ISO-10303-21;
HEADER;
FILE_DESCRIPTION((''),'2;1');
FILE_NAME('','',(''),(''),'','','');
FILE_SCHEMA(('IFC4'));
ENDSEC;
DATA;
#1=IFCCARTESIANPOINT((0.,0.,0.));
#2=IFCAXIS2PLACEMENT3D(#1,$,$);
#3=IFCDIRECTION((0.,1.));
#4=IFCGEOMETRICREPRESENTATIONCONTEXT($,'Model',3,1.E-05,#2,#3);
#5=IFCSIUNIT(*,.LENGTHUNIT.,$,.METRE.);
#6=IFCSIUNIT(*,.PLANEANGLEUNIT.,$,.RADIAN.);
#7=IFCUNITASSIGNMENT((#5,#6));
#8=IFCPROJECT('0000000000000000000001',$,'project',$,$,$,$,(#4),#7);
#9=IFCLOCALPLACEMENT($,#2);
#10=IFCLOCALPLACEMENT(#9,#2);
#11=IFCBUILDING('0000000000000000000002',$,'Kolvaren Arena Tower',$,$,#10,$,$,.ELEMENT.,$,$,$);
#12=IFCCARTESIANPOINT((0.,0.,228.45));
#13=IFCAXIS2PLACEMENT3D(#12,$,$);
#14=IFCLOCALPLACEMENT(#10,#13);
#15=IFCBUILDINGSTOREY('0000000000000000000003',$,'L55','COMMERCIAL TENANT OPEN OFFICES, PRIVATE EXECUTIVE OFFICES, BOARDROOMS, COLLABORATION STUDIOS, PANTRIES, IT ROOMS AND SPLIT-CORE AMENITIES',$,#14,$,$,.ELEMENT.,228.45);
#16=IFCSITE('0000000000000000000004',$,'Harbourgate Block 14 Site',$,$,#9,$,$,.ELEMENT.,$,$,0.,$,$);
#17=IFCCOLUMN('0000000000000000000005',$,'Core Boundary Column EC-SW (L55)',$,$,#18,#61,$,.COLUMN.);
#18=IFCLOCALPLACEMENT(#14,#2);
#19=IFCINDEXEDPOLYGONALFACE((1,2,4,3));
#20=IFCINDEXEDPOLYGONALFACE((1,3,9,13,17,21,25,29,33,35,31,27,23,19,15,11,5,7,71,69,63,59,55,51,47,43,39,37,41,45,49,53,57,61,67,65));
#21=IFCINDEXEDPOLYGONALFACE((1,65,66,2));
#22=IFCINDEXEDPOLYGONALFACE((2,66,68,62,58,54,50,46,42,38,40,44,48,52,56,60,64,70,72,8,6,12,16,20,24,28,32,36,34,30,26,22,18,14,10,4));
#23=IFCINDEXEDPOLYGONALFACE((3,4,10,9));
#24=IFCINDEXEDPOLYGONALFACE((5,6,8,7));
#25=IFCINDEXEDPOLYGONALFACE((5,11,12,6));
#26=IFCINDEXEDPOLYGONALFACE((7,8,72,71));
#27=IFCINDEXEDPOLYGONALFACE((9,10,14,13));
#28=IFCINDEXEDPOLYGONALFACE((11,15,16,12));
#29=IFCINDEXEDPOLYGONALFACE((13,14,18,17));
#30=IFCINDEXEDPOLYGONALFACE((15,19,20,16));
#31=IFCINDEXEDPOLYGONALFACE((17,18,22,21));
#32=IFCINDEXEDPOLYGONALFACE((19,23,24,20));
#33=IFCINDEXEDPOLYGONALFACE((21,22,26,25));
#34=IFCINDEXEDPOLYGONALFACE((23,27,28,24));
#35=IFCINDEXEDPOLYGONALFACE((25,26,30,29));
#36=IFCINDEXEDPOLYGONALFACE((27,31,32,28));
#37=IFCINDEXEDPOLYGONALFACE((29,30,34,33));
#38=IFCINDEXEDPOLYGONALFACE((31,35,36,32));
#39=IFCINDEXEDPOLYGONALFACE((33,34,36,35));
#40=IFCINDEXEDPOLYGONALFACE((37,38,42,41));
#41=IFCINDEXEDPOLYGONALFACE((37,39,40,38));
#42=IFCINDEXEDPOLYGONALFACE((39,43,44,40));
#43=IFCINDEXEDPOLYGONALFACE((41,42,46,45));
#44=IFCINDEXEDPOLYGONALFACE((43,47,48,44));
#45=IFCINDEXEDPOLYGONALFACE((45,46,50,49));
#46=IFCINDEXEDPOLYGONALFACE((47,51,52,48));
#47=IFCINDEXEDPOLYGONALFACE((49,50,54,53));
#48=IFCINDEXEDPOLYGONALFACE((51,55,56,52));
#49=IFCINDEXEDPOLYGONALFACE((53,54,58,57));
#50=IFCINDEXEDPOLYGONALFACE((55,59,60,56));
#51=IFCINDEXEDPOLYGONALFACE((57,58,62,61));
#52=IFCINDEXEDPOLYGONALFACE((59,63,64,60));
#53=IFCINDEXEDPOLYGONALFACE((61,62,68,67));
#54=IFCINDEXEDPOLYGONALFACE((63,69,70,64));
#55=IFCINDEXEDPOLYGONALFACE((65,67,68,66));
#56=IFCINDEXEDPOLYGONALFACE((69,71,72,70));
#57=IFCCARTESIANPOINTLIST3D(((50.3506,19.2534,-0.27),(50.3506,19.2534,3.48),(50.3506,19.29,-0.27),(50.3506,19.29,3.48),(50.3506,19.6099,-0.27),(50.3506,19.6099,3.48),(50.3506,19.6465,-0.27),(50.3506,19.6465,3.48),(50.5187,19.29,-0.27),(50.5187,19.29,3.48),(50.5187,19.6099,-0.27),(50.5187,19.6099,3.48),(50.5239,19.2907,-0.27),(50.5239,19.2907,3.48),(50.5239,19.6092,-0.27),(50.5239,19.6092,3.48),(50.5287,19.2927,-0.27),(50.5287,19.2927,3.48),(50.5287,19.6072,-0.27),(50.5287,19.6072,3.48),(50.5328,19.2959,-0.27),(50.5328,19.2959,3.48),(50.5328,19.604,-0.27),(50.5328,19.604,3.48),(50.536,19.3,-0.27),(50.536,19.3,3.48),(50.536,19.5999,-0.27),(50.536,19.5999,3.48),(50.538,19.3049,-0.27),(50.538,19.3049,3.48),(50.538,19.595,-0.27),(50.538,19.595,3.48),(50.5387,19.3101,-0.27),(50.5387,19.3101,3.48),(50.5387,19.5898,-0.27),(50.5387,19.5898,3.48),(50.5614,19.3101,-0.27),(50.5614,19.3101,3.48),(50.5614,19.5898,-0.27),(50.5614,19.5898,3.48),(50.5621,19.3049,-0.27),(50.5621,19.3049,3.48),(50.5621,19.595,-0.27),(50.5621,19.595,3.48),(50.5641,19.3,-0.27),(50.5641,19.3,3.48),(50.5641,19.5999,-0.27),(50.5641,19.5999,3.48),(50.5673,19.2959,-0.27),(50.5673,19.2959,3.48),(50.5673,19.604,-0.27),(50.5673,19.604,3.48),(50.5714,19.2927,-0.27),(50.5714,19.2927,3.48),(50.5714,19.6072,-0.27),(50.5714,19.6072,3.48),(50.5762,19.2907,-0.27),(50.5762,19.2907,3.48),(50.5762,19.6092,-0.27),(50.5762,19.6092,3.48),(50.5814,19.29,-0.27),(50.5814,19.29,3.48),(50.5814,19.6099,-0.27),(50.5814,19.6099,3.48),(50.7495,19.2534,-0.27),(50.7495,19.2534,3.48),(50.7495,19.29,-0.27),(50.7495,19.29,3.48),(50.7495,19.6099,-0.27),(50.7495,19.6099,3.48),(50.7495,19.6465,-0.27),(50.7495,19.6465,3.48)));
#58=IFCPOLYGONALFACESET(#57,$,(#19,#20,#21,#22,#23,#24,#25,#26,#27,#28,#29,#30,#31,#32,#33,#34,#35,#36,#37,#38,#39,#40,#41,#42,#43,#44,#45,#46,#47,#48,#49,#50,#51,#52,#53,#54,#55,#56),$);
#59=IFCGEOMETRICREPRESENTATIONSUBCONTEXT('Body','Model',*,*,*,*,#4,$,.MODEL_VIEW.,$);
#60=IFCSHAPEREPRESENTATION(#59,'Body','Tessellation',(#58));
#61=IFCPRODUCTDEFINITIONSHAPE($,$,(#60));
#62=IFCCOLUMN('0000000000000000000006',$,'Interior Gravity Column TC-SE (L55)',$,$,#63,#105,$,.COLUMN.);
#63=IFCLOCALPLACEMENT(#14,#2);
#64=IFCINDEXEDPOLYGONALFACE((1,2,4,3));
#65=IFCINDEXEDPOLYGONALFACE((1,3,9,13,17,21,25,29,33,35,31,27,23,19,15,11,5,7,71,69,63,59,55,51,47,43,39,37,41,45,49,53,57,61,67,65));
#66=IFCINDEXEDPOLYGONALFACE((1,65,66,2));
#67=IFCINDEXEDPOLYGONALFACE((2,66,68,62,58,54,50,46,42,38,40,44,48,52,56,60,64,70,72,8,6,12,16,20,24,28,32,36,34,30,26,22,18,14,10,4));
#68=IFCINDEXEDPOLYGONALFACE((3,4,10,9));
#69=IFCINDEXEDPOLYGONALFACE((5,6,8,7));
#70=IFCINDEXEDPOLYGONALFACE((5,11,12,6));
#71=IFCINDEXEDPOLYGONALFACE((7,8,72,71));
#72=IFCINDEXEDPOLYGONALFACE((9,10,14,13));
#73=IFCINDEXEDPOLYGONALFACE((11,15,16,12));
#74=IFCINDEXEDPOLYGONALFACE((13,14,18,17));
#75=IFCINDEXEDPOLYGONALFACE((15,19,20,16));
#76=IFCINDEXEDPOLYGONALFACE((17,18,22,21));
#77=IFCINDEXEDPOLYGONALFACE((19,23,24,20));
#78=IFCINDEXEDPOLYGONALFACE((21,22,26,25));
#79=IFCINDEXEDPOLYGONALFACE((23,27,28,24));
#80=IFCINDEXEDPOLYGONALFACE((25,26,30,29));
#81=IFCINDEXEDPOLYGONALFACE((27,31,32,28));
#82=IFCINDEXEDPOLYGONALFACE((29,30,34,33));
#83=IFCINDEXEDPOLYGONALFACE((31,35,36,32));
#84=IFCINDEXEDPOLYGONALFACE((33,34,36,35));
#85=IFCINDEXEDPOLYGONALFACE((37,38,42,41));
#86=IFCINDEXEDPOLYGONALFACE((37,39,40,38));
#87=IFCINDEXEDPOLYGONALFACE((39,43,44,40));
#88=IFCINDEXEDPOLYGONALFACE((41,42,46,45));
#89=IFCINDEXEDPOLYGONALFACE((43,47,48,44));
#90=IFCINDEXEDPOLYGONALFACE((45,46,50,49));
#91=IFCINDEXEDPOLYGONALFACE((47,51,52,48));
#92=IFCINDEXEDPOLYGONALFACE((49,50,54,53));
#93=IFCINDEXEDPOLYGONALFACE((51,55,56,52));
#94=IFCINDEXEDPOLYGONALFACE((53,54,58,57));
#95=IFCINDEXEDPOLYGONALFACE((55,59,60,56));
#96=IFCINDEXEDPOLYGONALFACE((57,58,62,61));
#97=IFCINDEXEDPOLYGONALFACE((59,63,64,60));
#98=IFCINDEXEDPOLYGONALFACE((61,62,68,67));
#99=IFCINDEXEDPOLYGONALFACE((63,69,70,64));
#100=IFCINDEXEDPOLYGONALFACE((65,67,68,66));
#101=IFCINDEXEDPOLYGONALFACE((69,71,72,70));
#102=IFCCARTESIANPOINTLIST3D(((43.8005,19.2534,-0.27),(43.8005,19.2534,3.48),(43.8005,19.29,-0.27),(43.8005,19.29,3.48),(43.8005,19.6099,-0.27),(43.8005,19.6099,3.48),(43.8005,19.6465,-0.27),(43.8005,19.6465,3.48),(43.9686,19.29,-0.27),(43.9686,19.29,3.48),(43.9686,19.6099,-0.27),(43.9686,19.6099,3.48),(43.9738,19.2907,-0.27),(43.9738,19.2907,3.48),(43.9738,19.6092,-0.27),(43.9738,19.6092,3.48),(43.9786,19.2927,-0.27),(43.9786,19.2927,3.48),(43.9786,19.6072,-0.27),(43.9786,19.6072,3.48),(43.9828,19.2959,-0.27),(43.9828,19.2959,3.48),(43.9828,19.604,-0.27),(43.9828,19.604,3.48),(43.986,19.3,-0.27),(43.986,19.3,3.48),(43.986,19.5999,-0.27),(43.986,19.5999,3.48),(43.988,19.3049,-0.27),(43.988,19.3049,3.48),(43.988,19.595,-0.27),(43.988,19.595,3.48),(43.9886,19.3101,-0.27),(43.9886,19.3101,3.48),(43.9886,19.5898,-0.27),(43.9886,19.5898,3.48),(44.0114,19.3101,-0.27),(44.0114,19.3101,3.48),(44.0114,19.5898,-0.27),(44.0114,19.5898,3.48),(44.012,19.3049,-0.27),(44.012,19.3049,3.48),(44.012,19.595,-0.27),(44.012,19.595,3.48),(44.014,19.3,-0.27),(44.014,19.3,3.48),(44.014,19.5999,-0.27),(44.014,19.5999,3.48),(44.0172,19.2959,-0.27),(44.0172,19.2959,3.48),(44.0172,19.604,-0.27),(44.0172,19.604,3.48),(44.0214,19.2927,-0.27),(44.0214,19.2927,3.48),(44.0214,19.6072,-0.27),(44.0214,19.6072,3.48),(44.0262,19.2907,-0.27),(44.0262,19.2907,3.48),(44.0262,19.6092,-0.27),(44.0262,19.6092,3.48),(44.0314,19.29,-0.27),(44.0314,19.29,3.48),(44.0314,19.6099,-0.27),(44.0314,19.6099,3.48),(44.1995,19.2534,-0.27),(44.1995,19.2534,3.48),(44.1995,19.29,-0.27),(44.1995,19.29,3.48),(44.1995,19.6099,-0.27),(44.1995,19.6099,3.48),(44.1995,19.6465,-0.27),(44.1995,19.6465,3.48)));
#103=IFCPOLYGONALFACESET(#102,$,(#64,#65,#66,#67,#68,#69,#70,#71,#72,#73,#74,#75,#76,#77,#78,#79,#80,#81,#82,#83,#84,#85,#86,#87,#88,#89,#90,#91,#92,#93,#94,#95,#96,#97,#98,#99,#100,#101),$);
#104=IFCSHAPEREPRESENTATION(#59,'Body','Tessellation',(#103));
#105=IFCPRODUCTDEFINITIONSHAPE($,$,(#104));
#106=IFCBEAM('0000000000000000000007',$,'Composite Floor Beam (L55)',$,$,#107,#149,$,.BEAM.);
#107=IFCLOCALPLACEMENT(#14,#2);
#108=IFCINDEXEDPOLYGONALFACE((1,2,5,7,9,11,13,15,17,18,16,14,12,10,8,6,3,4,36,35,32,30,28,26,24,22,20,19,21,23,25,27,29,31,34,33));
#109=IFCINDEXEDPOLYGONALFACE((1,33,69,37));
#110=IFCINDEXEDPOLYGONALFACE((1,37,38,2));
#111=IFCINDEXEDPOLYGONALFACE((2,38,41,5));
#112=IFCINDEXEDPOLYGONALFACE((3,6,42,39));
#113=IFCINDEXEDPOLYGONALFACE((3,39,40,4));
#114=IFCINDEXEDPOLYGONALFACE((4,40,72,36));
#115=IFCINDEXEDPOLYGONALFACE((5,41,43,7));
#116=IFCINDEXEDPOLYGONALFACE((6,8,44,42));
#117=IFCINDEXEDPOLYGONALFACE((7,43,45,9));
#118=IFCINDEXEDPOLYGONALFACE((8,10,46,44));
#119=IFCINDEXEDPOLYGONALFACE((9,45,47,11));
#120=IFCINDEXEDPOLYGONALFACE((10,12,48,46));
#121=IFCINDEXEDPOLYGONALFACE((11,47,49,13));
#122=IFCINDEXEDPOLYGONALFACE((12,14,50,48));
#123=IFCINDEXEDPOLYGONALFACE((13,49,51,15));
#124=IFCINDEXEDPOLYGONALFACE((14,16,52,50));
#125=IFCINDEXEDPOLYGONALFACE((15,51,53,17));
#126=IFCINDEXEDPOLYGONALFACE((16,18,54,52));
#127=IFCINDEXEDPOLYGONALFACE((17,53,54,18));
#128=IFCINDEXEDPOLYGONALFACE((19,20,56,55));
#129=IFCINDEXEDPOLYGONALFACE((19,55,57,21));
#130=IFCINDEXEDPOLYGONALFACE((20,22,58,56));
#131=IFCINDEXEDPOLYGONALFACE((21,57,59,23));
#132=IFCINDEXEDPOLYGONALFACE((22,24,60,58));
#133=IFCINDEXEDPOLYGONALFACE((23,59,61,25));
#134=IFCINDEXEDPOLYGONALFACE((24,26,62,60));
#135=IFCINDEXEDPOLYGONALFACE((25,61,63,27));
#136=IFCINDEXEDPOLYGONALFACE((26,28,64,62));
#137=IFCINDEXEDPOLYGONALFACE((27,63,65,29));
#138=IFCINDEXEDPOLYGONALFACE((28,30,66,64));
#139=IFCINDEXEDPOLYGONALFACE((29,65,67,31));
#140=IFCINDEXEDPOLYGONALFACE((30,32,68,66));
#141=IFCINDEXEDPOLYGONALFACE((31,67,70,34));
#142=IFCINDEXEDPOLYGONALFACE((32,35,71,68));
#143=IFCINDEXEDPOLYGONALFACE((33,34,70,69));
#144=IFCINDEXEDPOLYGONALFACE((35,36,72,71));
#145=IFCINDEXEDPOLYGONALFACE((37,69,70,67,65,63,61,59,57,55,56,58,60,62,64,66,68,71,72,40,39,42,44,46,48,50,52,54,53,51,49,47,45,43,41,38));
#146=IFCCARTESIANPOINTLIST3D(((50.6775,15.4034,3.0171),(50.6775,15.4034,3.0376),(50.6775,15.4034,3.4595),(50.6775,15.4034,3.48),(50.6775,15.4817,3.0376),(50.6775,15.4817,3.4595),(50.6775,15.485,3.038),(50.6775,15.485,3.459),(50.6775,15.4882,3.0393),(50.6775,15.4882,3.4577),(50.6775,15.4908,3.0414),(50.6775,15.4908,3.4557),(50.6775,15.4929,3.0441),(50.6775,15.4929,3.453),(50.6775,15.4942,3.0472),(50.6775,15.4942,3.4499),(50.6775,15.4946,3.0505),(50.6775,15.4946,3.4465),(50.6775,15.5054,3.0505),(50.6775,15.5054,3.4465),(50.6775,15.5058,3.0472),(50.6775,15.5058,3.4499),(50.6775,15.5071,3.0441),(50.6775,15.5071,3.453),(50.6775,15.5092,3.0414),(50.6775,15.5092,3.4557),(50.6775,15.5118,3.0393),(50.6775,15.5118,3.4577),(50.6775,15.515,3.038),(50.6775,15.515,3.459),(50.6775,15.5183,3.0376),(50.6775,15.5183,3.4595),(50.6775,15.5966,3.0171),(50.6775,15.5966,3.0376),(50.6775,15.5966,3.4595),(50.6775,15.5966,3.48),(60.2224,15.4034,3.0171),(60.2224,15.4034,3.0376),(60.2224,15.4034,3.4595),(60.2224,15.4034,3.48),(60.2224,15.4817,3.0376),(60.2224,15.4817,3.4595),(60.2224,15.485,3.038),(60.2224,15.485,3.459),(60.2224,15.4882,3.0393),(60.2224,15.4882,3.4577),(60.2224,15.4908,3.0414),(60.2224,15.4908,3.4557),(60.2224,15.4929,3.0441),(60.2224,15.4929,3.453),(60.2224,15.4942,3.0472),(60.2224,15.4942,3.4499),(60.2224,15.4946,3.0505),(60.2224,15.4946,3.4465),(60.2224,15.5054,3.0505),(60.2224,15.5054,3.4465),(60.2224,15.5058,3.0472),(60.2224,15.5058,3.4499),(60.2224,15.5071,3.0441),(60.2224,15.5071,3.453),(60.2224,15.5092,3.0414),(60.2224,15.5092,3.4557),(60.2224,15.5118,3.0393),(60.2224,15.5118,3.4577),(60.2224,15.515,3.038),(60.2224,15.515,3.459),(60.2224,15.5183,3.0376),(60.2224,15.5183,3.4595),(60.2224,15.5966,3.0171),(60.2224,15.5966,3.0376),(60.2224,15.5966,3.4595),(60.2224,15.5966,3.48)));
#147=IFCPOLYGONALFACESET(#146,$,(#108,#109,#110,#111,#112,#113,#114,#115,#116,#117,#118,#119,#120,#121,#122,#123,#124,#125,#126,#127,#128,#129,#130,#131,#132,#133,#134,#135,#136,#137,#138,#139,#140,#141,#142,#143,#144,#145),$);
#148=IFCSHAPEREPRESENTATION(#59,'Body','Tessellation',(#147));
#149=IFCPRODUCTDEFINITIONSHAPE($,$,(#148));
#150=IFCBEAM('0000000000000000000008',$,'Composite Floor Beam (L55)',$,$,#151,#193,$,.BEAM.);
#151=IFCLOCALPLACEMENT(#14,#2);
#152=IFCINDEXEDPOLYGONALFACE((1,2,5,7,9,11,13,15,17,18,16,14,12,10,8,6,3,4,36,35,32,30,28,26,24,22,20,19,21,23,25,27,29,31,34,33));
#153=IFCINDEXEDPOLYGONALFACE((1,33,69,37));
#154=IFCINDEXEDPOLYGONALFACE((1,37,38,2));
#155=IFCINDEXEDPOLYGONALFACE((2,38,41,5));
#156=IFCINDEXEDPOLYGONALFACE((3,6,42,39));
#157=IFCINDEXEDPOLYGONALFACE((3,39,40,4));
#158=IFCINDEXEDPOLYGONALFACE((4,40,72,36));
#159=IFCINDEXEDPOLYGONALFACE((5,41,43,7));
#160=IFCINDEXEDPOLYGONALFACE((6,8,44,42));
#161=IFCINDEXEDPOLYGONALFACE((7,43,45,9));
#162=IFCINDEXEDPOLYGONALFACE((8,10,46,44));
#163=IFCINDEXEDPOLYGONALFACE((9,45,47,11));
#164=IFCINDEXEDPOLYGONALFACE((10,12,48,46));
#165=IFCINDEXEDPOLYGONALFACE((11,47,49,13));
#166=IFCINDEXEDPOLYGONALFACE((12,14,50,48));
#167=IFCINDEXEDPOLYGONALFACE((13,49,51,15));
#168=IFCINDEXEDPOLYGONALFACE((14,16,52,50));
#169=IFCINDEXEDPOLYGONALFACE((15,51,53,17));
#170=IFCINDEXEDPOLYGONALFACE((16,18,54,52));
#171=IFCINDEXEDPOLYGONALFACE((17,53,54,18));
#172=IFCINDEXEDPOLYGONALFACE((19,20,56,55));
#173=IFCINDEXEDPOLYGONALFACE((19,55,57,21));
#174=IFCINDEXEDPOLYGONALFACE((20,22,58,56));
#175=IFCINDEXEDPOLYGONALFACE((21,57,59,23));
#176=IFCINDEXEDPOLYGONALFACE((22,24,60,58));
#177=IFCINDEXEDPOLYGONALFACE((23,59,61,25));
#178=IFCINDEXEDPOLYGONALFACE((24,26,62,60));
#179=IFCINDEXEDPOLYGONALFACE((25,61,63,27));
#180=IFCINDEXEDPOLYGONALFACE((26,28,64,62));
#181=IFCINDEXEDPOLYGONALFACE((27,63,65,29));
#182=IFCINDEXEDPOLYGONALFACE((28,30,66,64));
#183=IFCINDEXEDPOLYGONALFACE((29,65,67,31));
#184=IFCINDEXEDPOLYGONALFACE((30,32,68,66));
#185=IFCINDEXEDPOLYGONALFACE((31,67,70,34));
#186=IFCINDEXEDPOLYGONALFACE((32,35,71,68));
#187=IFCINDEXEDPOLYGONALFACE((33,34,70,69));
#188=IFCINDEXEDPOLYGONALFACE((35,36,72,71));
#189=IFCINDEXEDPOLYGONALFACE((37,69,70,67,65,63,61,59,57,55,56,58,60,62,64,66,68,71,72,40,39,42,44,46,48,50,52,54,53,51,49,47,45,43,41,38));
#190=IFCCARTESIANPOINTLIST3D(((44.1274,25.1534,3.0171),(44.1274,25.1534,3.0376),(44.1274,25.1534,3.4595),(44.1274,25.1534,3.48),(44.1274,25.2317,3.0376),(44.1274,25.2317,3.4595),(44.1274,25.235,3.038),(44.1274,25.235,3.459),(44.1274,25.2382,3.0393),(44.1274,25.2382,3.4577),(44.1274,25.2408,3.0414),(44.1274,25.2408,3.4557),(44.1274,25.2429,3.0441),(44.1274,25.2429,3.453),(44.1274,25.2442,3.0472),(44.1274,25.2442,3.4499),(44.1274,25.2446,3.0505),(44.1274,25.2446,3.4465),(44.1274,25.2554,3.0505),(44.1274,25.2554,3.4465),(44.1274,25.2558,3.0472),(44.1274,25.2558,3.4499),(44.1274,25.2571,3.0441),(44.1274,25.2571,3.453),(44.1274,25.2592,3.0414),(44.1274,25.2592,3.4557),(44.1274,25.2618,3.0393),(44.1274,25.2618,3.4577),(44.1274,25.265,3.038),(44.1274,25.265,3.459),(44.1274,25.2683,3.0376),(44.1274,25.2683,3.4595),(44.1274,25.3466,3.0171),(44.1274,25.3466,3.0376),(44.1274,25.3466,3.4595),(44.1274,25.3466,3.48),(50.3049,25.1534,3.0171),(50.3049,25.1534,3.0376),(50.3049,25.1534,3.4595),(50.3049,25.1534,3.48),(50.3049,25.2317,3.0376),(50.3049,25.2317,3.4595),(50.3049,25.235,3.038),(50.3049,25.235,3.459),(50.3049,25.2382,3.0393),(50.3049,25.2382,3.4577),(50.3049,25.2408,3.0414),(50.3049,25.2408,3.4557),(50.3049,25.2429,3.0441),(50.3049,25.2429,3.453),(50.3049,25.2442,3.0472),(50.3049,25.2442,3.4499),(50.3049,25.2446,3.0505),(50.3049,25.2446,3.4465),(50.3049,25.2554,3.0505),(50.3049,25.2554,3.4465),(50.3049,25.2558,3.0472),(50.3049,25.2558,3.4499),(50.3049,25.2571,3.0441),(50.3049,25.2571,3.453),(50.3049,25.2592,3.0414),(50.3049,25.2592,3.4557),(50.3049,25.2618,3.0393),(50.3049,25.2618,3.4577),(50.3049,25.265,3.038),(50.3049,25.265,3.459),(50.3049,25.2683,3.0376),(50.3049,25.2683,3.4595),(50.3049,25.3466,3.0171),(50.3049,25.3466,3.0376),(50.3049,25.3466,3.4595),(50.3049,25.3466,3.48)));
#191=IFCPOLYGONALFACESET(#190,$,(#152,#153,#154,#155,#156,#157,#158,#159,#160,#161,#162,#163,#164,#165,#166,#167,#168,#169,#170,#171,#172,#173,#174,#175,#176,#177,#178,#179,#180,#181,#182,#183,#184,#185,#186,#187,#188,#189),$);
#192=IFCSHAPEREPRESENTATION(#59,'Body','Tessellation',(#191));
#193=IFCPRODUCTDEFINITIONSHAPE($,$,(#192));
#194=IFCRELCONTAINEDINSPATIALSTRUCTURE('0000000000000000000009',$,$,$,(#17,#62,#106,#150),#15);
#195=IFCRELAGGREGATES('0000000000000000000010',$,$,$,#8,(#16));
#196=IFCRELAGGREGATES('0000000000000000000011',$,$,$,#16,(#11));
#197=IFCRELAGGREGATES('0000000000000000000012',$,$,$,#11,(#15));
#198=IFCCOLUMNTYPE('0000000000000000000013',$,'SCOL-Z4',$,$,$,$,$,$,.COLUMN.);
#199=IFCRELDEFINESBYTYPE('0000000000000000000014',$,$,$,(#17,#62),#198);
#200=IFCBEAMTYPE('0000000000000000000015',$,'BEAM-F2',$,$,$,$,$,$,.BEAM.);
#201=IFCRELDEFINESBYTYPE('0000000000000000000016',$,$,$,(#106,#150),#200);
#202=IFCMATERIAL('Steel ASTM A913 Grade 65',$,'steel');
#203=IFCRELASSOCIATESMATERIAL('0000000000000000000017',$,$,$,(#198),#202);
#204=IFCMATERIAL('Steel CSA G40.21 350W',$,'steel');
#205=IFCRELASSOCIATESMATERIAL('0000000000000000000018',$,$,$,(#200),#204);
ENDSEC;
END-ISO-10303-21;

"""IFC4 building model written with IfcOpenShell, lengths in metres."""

from ifc_helpers import new_model, si_unit, direction, frame, origin, origin_2d, place, context, subcontext, project, spatial, i_section, extrude, material, material_profile, profile_set, type_object, element, save


model = new_model("IFC4")

# Units and contexts
model_context = context("Model", 3, precision=1e-05, world=origin(), true_north=direction((0.0, 1.0)))
body_context = subcontext(model_context, "Body", "Model", "MODEL_VIEW")
ifc_project = project(units=[si_unit("LENGTHUNIT", "METRE"), si_unit("PLANEANGLEUNIT", "RADIAN")], contexts=[model_context])

# Site, building, storey
site_placement = place(None, origin())
site = spatial("IfcSite", under=ifc_project, at=site_placement, Name="Harbourgate Block 14 Site", CompositionType="ELEMENT", RefElevation=0.0)
building_placement = place(site_placement, origin())
building = spatial("IfcBuilding", under=site, at=building_placement, Name="Kolvaren Arena Tower", CompositionType="ELEMENT")
storey_placement = place(building_placement, frame((0.0, 0.0, 228.45)))
storey = spatial("IfcBuildingStorey", under=building, at=storey_placement, Name="L55", Description="COMMERCIAL TENANT OPEN OFFICES, PRIVATE EXECUTIVE OFFICES, BOARDROOMS, COLLABORATION STUDIOS, PANTRIES, IT ROOMS AND SPLIT-CORE AMENITIES", CompositionType="ELEMENT", Elevation=228.45)

# Columns
ifc_material_1 = material(Name="Steel ASTM A913 Grade 65", Category="steel")
ifc_material_profile_1 = material_profile(ifc_material_1, i_section(OverallWidth=0.3989, OverallDepth=0.3931, WebThickness=0.0227, FlangeThickness=0.0366, FilletRadius=0.02, at=origin_2d()), Name="W360x287")
ifc_profile_set_1 = profile_set([ifc_material_profile_1], Name="Steel ASTM A913 Grade 65")
column_type = type_object("IfcColumnType", Name="SCOL-Z4", PredefinedType="COLUMN", material=ifc_profile_set_1)
for number, where, z_axis, x_axis, name in (
    (1, (50.55, 19.45, -0.27), (0.0, 0.0, 1.0), (1.0, 0.0, 0.0), "Core Boundary Column EC-SW (L55)"),
    (2, (44.0, 19.45, -0.27), (0.0, 0.0, 1.0), (1.0, 0.0, 0.0), "Interior Gravity Column TC-SE (L55)"),
):
    element("IfcColumn", number, at=place(storey_placement, frame(where, z_axis=z_axis, x_axis=x_axis)), inside=storey, type_object=column_type, Name=name, PredefinedType="COLUMN", context=body_context, shape_type="SweptSolid", body=[
        extrude(i_section(OverallWidth=0.3989, OverallDepth=0.3931, WebThickness=0.0227, FlangeThickness=0.0366, FilletRadius=0.02, at=origin_2d()), origin(), (0.0, 0.0, 1.0), 3.75),
    ])

# Beams
ifc_material_2 = material(Name="Steel CSA G40.21 350W", Category="steel")
ifc_material_profile_2 = material_profile(ifc_material_2, i_section(OverallWidth=0.1931, OverallDepth=0.4629, WebThickness=0.0107, FlangeThickness=0.0205, FilletRadius=0.0129, at=origin_2d()), Name="W460x113")
ifc_profile_set_2 = profile_set([ifc_material_profile_2], Name="Steel CSA G40.21 350W")
beam_type_1 = type_object("IfcBeamType", Name="BEAM-F2", PredefinedType="BEAM", material=ifc_profile_set_2)
beam_1_placement = place(storey_placement, frame((50.6775, 15.5, 3.2485), z_axis=(1.0, 0.0, 0.0), x_axis=(0.0, 1.0, 0.0)))
element("IfcBeam", 3, at=beam_1_placement, inside=storey, type_object=beam_type_1, Name="Composite Floor Beam (L55)", PredefinedType="BEAM", context=body_context, shape_type="SweptSolid", body=[
    extrude(i_section(OverallWidth=0.1931, OverallDepth=0.4629, WebThickness=0.0107, FlangeThickness=0.0205, FilletRadius=0.0129, at=origin_2d()), origin(), (0.0, 0.0, 1.0), 9.5449),
])
beam_2_placement = place(storey_placement, frame((44.1274, 25.25, 3.2485), z_axis=(1.0, 0.0, 0.0), x_axis=(0.0, 1.0, 0.0)))
element("IfcBeam", 4, at=beam_2_placement, inside=storey, type_object=beam_type_1, Name="Composite Floor Beam (L55)", PredefinedType="BEAM", context=body_context, shape_type="SweptSolid", body=[
    extrude(i_section(OverallWidth=0.1931, OverallDepth=0.4629, WebThickness=0.0107, FlangeThickness=0.0205, FilletRadius=0.0129, at=origin_2d()), origin(), (0.0, 0.0, 1.0), 6.1775),
])

save(model, "model.ifc")
